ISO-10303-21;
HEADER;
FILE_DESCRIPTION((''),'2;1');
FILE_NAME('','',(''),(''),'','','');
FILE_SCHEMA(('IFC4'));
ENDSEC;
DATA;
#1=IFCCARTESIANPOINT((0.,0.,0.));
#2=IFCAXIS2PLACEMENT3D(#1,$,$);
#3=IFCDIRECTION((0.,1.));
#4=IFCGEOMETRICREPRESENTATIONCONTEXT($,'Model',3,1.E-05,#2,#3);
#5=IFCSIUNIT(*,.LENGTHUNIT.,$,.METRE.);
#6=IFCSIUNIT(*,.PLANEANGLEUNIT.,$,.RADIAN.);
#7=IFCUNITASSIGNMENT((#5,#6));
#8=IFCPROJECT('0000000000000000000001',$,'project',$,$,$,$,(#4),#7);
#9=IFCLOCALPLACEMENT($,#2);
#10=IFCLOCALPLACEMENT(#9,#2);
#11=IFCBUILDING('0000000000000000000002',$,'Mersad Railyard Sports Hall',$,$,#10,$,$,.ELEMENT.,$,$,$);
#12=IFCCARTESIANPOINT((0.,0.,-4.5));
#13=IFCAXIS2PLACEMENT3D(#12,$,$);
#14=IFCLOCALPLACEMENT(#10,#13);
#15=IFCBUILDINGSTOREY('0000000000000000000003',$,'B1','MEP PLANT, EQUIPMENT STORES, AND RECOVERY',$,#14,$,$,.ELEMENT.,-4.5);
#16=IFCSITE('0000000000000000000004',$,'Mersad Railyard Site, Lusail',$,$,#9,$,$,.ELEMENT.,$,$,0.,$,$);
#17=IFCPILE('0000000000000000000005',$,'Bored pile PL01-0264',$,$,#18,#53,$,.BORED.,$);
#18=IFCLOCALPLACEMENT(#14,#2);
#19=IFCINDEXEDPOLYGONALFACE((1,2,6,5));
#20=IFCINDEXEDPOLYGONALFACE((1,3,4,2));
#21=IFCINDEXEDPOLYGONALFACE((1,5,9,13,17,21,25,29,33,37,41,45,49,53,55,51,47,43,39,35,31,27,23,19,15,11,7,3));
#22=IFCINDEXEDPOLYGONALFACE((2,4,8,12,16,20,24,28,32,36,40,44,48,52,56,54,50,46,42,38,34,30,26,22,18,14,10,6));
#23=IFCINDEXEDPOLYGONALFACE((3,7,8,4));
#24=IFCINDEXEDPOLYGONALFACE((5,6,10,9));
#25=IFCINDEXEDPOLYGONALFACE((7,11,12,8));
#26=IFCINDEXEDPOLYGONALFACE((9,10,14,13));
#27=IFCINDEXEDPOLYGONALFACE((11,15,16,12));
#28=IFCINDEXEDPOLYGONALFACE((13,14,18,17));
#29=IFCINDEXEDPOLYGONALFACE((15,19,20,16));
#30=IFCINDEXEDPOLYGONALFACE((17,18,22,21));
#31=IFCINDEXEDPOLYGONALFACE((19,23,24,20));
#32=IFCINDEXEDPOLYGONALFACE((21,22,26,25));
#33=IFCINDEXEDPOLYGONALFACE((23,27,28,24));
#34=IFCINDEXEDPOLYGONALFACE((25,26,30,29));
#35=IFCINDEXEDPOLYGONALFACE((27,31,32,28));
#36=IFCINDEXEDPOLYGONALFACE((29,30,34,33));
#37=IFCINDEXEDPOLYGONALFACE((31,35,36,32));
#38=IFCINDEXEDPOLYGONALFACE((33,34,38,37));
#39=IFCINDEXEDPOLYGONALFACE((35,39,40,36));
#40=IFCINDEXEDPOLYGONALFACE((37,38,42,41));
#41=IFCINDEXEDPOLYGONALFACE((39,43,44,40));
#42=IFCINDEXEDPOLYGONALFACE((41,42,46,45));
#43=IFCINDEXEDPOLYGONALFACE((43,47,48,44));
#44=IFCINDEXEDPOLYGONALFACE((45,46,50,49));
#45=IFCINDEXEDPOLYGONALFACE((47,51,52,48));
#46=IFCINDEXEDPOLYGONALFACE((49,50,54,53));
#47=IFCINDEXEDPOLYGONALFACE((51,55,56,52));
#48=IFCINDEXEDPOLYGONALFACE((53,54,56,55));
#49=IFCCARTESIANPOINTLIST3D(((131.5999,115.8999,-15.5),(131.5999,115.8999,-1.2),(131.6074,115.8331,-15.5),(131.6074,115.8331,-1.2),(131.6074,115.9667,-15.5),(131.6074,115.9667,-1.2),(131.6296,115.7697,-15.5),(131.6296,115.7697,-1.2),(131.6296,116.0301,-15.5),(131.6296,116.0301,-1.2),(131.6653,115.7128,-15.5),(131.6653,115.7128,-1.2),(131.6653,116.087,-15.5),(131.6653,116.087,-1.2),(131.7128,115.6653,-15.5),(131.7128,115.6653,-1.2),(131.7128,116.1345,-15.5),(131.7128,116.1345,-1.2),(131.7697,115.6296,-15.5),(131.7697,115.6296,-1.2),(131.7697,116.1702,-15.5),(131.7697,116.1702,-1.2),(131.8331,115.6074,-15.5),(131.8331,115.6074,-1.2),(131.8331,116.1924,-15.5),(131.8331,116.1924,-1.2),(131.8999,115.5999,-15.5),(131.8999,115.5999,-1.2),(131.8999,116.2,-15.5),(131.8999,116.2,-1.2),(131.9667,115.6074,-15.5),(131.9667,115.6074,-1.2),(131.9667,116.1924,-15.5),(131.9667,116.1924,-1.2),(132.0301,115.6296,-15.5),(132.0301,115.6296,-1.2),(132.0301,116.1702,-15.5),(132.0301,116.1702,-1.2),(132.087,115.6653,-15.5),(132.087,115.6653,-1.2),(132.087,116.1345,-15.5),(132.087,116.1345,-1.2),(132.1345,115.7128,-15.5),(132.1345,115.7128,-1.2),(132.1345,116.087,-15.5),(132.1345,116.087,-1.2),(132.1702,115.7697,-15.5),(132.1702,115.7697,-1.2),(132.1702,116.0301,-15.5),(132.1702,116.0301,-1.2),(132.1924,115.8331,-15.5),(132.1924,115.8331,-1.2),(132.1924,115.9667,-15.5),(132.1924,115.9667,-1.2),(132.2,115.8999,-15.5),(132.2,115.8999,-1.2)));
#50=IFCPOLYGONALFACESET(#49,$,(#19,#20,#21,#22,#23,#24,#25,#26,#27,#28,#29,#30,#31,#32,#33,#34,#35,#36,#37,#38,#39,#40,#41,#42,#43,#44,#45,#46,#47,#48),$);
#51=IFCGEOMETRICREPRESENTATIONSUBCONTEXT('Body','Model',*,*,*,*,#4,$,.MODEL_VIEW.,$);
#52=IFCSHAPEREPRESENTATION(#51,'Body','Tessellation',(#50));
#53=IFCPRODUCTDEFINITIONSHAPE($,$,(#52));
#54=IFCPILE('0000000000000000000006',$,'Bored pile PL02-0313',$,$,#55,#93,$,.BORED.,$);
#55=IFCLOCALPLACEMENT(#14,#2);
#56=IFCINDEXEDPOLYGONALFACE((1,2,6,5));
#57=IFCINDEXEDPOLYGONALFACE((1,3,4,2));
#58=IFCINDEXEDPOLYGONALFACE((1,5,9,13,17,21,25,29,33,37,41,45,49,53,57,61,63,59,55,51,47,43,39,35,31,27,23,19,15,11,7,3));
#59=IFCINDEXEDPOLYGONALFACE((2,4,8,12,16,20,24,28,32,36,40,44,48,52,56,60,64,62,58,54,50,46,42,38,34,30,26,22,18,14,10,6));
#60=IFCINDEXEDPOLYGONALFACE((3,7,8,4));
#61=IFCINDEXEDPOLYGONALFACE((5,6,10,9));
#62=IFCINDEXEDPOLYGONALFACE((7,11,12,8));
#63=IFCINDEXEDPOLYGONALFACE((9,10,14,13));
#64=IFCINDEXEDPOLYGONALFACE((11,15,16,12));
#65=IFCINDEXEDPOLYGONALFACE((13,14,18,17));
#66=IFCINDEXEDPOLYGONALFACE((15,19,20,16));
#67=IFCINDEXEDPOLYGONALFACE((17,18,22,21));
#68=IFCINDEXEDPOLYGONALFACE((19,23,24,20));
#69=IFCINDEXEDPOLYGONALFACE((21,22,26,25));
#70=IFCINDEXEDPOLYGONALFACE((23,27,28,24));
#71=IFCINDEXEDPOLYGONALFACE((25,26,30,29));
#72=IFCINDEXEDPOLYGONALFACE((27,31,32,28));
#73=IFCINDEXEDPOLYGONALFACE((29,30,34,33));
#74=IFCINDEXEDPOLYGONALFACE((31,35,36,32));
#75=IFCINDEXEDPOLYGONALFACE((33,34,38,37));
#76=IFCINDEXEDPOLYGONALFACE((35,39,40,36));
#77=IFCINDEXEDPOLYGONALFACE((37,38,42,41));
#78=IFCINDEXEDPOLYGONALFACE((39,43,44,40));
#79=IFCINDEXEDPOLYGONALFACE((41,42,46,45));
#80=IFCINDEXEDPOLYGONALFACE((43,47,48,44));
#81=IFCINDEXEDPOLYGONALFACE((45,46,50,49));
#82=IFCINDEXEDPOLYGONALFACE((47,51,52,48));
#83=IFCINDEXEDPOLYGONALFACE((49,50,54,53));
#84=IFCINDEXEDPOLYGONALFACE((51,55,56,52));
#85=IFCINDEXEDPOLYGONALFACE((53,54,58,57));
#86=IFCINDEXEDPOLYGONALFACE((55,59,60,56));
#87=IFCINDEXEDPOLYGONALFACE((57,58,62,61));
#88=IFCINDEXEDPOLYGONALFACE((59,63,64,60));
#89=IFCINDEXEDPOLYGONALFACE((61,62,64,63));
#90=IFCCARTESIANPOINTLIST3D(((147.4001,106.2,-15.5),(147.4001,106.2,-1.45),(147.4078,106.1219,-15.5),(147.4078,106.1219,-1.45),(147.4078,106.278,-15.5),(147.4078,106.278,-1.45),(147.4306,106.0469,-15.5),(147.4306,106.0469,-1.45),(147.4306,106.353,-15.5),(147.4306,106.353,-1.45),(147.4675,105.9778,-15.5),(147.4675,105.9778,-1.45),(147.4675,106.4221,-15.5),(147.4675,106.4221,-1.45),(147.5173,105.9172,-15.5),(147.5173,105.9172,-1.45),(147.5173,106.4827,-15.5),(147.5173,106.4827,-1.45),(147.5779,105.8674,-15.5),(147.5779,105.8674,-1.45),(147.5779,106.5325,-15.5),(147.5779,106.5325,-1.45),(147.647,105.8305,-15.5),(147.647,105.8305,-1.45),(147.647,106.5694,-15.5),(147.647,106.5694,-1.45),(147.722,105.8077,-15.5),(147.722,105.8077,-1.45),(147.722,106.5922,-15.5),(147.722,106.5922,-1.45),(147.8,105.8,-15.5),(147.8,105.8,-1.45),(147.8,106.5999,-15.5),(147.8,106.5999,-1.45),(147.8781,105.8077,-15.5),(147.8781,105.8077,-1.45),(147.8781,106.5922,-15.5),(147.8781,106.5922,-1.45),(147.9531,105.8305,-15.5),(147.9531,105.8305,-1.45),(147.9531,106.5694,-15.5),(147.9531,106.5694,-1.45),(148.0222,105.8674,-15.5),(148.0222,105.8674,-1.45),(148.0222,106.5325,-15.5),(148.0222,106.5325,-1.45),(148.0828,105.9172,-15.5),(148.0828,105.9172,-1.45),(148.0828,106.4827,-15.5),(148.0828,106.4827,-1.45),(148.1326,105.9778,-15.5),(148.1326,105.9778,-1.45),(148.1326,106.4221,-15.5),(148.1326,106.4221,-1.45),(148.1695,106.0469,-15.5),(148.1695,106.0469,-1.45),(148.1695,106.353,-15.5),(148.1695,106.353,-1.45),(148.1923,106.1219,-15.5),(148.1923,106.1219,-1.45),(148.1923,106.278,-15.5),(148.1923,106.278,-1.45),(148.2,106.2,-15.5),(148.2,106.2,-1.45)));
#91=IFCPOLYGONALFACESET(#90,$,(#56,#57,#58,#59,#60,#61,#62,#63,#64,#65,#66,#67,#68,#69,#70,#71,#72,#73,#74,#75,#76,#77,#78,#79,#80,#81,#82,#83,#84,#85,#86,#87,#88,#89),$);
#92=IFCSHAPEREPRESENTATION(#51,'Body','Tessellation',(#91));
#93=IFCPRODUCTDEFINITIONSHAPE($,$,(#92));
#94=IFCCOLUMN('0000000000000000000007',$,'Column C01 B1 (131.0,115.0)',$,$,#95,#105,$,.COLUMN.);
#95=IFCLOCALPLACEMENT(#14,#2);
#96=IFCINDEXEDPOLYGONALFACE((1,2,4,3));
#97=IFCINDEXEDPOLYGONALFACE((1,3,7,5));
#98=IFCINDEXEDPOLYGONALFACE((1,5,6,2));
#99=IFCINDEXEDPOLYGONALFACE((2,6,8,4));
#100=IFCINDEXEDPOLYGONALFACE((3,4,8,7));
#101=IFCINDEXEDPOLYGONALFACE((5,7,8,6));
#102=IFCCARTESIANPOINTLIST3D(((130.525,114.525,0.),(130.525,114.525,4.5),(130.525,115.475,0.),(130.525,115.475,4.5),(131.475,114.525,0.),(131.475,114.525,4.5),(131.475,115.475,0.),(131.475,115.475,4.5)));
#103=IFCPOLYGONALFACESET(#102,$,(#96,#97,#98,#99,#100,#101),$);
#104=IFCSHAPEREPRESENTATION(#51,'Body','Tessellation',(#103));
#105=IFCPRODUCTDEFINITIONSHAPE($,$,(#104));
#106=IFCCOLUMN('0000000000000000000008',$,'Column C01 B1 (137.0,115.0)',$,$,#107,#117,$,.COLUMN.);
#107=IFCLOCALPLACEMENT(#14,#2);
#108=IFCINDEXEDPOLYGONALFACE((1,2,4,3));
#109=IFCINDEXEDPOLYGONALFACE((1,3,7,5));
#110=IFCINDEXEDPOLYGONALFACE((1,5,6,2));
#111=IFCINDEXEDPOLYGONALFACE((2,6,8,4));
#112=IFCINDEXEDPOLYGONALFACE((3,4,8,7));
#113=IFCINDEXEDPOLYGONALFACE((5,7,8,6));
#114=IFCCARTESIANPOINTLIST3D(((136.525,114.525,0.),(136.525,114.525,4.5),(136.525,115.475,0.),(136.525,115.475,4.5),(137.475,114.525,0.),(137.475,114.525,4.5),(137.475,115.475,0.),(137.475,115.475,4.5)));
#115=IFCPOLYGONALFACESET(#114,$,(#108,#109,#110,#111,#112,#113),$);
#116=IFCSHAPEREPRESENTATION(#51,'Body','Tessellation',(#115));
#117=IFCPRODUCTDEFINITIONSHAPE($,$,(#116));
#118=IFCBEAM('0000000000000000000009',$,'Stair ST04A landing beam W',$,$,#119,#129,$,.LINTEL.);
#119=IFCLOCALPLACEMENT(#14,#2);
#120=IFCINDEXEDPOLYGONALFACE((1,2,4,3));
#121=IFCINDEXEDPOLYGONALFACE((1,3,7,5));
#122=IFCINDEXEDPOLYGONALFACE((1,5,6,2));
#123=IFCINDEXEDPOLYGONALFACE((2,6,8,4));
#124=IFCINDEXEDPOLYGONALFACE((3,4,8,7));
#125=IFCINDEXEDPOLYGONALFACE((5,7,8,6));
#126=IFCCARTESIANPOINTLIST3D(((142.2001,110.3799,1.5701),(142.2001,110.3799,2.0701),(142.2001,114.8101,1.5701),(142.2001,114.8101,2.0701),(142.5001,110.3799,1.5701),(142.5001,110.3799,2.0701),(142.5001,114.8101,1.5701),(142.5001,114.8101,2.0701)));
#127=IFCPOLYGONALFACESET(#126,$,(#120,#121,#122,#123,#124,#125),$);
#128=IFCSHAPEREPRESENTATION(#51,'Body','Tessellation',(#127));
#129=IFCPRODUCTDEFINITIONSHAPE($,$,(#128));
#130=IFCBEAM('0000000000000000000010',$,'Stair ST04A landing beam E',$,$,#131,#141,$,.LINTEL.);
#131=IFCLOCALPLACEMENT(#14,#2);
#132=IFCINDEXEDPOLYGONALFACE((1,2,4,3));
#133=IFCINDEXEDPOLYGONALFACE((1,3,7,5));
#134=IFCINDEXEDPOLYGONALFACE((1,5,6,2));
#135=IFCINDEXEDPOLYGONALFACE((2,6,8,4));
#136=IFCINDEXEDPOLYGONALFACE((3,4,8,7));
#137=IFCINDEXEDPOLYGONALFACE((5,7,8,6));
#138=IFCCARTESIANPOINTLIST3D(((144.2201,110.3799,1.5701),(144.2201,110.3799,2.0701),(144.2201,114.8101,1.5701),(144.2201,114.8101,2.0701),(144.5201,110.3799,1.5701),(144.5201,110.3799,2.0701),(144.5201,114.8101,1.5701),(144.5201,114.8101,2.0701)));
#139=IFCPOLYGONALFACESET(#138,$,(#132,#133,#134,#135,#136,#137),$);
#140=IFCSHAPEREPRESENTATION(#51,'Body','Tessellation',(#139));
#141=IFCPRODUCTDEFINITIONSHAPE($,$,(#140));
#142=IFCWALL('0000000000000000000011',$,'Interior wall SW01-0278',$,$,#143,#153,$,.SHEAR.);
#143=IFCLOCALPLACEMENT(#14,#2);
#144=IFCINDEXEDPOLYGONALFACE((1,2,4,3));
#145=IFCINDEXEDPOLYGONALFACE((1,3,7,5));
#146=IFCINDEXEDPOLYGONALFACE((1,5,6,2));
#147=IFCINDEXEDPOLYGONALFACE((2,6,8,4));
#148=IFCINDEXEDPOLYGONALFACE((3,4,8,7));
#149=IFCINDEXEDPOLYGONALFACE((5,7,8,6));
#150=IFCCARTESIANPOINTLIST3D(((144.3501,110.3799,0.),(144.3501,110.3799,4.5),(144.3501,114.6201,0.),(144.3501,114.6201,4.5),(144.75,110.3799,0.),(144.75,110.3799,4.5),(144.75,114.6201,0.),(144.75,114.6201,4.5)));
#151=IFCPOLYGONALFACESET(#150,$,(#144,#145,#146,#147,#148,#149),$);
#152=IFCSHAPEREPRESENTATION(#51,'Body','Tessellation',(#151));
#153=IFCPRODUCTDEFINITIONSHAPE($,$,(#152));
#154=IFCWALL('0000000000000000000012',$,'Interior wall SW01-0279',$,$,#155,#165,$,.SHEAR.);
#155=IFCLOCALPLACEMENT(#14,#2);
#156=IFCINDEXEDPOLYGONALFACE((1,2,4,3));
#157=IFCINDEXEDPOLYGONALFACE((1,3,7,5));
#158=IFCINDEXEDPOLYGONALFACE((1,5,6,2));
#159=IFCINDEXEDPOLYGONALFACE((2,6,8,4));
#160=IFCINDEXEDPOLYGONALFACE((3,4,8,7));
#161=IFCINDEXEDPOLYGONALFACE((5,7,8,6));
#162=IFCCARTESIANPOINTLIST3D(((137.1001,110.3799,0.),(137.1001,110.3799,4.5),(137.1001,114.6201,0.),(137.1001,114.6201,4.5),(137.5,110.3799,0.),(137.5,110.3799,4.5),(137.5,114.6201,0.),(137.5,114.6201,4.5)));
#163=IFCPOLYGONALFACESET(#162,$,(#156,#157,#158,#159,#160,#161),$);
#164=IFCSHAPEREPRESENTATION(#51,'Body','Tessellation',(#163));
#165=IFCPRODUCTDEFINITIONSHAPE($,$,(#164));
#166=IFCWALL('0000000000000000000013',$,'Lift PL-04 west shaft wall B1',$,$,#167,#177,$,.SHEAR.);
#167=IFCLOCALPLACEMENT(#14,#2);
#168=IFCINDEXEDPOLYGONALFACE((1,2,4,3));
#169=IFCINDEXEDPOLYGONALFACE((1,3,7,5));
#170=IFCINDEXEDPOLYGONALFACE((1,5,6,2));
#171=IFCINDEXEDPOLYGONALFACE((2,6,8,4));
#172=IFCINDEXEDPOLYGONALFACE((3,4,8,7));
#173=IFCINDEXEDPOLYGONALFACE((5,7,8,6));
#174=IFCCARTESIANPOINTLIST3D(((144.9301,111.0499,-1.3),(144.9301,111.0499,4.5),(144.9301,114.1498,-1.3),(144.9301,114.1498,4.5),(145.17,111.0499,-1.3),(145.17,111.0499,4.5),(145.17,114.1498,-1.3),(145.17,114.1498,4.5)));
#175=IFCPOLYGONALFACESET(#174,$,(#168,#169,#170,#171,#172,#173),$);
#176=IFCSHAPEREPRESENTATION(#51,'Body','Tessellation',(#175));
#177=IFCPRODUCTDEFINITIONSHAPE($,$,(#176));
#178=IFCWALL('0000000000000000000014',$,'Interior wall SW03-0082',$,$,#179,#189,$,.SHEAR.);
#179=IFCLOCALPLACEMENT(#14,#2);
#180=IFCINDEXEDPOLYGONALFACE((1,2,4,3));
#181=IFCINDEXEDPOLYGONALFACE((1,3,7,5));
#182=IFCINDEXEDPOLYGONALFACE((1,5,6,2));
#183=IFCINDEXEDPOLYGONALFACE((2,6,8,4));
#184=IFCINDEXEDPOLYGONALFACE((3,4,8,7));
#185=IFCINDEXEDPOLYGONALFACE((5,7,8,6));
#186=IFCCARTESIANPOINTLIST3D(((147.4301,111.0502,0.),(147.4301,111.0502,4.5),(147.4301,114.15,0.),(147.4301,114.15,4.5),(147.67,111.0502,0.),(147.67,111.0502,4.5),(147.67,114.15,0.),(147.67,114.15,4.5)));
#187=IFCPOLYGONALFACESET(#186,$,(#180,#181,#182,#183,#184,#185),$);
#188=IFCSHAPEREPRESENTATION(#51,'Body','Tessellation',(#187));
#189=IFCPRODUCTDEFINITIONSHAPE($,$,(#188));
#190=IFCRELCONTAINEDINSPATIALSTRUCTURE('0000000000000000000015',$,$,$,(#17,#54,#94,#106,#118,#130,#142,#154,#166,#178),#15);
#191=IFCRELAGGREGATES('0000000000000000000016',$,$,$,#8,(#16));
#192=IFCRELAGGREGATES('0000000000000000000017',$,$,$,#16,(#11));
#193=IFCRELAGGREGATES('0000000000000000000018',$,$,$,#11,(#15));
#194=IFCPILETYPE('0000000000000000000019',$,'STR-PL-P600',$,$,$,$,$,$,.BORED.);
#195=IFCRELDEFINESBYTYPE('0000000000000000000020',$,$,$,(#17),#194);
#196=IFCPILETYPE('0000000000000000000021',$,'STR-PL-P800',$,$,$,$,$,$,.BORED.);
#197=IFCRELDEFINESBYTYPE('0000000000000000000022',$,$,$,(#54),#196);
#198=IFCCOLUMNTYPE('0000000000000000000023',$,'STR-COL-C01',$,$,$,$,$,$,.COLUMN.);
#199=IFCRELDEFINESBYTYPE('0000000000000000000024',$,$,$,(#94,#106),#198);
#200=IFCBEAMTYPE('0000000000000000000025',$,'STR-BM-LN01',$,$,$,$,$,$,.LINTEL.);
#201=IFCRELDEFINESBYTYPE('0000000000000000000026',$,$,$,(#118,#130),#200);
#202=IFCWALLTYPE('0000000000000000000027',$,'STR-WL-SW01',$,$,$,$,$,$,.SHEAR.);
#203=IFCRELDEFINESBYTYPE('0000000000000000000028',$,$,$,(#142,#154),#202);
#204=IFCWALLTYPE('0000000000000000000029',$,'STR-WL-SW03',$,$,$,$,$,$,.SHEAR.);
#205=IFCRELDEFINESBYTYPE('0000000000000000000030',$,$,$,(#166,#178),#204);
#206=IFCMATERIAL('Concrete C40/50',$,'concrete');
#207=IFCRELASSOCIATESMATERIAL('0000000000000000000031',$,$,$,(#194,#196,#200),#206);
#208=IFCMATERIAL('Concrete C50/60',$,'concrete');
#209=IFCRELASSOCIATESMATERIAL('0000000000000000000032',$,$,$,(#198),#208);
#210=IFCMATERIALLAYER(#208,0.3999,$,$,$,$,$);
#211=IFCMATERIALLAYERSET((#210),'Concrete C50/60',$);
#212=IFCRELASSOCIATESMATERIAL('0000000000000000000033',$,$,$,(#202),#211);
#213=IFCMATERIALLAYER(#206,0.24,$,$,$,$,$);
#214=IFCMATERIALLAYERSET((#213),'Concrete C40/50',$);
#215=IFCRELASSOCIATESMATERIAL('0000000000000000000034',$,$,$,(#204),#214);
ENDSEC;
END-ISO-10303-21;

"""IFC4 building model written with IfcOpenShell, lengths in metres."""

from ifc_helpers import new_model, si_unit, direction, frame, frame_2d, origin, origin_2d, place, context, subcontext, project, spatial, rectangle, circle, extrude, material, layer, layer_set, material_profile, profile_set, type_object, element, save


model = new_model("IFC4")

# Units and contexts
model_context = context("Model", 3, precision=1e-05, world=origin(), true_north=direction((0.0, 1.0)))
body_context = subcontext(model_context, "Body", "Model", "MODEL_VIEW")
ifc_project = project(units=[si_unit("LENGTHUNIT", "METRE"), si_unit("PLANEANGLEUNIT", "RADIAN")], contexts=[model_context])

# Site, building, storey
site_placement = place(None, origin())
site = spatial("IfcSite", under=ifc_project, at=site_placement, Name="Mersad Railyard Site, Lusail", CompositionType="ELEMENT", RefElevation=0.0)
building_placement = place(site_placement, origin())
building = spatial("IfcBuilding", under=site, at=building_placement, Name="Mersad Railyard Sports Hall", CompositionType="ELEMENT")
storey_placement = place(building_placement, frame((0.0, 0.0, -4.5)))
storey = spatial("IfcBuildingStorey", under=building, at=storey_placement, Name="B1", Description="MEP PLANT, EQUIPMENT STORES, AND RECOVERY", CompositionType="ELEMENT", Elevation=-4.5)

# Shared definitions
ifc_material_1 = material(Name="Concrete C40/50", Category="concrete")

# Piles
ifc_material_profile_1 = material_profile(ifc_material_1, circle(Radius=0.3, at=origin_2d()), Name="BORED PILE D600")
ifc_profile_set_1 = profile_set([ifc_material_profile_1], Name="Concrete C40/50")
pile_type_1 = type_object("IfcPileType", Name="STR-PL-P600", PredefinedType="BORED", material=ifc_profile_set_1)
for number, where, z_axis, x_axis, name in (
    (1, (131.8999, 115.8999, -1.2), (0.0, 0.0, -1.0), (1.0, 0.0, 0.0), "Bored pile PL01-0264"),
):
    element("IfcPile", number, at=place(storey_placement, frame(where, z_axis=z_axis, x_axis=x_axis)), inside=storey, type_object=pile_type_1, Name=name, PredefinedType="BORED", context=body_context, shape_type="SweptSolid", body=[
        extrude(circle(Radius=0.3, at=origin_2d()), origin(), (0.0, 0.0, 1.0), 14.3),
    ])
ifc_material_profile_2 = material_profile(ifc_material_1, circle(Radius=0.3999, at=origin_2d()), Name="BORED PILE D800")
ifc_profile_set_2 = profile_set([ifc_material_profile_2], Name="Concrete C40/50")
pile_type_2 = type_object("IfcPileType", Name="STR-PL-P800", PredefinedType="BORED", material=ifc_profile_set_2)
pile_1_placement = place(storey_placement, frame((147.8, 106.2, -1.45), z_axis=(0.0, 0.0, -1.0), x_axis=(1.0, 0.0, 0.0)))
element("IfcPile", 2, at=pile_1_placement, inside=storey, type_object=pile_type_2, Name="Bored pile PL02-0313", PredefinedType="BORED", context=body_context, shape_type="SweptSolid", body=[
    extrude(circle(Radius=0.3999, at=origin_2d()), origin(), (0.0, 0.0, 1.0), 14.05),
])

# Columns
ifc_material_2 = material(Name="Concrete C50/60", Category="concrete")
ifc_material_profile_3 = material_profile(ifc_material_2, rectangle(XDim=0.95, YDim=0.95, at=origin_2d()), Name="RC 950x950")
ifc_profile_set_3 = profile_set([ifc_material_profile_3], Name="Concrete C50/60")
column_type = type_object("IfcColumnType", Name="STR-COL-C01", PredefinedType="COLUMN", material=ifc_profile_set_3)
for number, where, z_axis, x_axis, name in (
    (3, (131.0, 115.0, 0.0), (0.0, 0.0, 1.0), (1.0, 0.0, 0.0), "Column C01 B1 (131.0,115.0)"),
    (4, (137.0, 115.0, 0.0), (0.0, 0.0, 1.0), (1.0, 0.0, 0.0), "Column C01 B1 (137.0,115.0)"),
):
    element("IfcColumn", number, at=place(storey_placement, frame(where, z_axis=z_axis, x_axis=x_axis)), inside=storey, type_object=column_type, Name=name, PredefinedType="COLUMN", context=body_context, shape_type="SweptSolid", body=[
        extrude(rectangle(XDim=0.95, YDim=0.95, at=origin_2d()), origin(), (0.0, 0.0, 1.0), 4.5),
    ])

# Beams
ifc_material_profile_4 = material_profile(ifc_material_1, rectangle(XDim=0.3, YDim=0.5, at=origin_2d()), Name="RC 300x500")
ifc_profile_set_4 = profile_set([ifc_material_profile_4], Name="Concrete C40/50")
beam_type = type_object("IfcBeamType", Name="STR-BM-LN01", PredefinedType="LINTEL", material=ifc_profile_set_4)
for number, where, z_axis, x_axis, name in (
    (5, (142.3501, 110.3799, 1.8201), (0.0, 1.0, 0.0), (-1.0, 0.0, 0.0), "Stair ST04A landing beam W"),
    (6, (144.3701, 110.3799, 1.8201), (0.0, 1.0, 0.0), (-1.0, 0.0, 0.0), "Stair ST04A landing beam E"),
):
    element("IfcBeam", number, at=place(storey_placement, frame(where, z_axis=z_axis, x_axis=x_axis)), inside=storey, type_object=beam_type, Name=name, PredefinedType="LINTEL", context=body_context, shape_type="SweptSolid", body=[
        extrude(rectangle(XDim=0.3, YDim=0.5, at=origin_2d()), origin(), (0.0, 0.0, 1.0), 4.4302),
    ])

# Shared definitions
ifc_layer_1 = layer(ifc_material_2, 0.3999)
ifc_layer_set_1 = layer_set([ifc_layer_1], Name="Concrete C50/60")
wall_type_1 = type_object("IfcWallType", Name="STR-WL-SW01", PredefinedType="SHEAR", material=ifc_layer_set_1)

# Walls
for number, where, z_axis, x_axis, name in (
    (7, (144.55, 110.3799, 0.0), (0.0, 0.0, 1.0), (0.0, 1.0, 0.0), "Interior wall SW01-0278"),
    (8, (137.3, 114.6201, 0.0), (0.0, 0.0, 1.0), (0.0, -1.0, 0.0), "Interior wall SW01-0279"),
):
    element("IfcWall", number, at=place(storey_placement, frame(where, z_axis=z_axis, x_axis=x_axis)), inside=storey, type_object=wall_type_1, Name=name, PredefinedType="SHEAR", context=body_context, shape_type="SweptSolid", body=[
        extrude(rectangle(XDim=4.2402, YDim=0.3999, at=frame_2d((2.1201, 0.0))), origin(), (0.0, 0.0, 1.0), 4.5),
    ])
ifc_layer_2 = layer(ifc_material_1, 0.24)
ifc_layer_set_2 = layer_set([ifc_layer_2], Name="Concrete C40/50")
wall_type_2 = type_object("IfcWallType", Name="STR-WL-SW03", PredefinedType="SHEAR", material=ifc_layer_set_2)
wall_1_placement = place(storey_placement, frame((145.05, 111.05, -1.3), z_axis=(0.0, 0.0, 1.0), x_axis=(0.0, 1.0, 0.0)))
element("IfcWall", 9, at=wall_1_placement, inside=storey, type_object=wall_type_2, Name="Lift PL-04 west shaft wall B1", PredefinedType="SHEAR", context=body_context, shape_type="SweptSolid", body=[
    extrude(rectangle(XDim=3.0999, YDim=0.24, at=frame_2d((1.5498, 0.0))), origin(), (0.0, 0.0, 1.0), 5.8),
])
wall_2_placement = place(storey_placement, frame((147.55, 114.1499, 0.0), z_axis=(0.0, 0.0, 1.0), x_axis=(0.0, -1.0, 0.0)))
element("IfcWall", 10, at=wall_2_placement, inside=storey, type_object=wall_type_2, Name="Interior wall SW03-0082", PredefinedType="SHEAR", context=body_context, shape_type="SweptSolid", body=[
    extrude(rectangle(XDim=3.0999, YDim=0.24, at=frame_2d((1.5498, 0.0))), origin(), (0.0, 0.0, 1.0), 4.5),
])

save(model, "model.ifc")
